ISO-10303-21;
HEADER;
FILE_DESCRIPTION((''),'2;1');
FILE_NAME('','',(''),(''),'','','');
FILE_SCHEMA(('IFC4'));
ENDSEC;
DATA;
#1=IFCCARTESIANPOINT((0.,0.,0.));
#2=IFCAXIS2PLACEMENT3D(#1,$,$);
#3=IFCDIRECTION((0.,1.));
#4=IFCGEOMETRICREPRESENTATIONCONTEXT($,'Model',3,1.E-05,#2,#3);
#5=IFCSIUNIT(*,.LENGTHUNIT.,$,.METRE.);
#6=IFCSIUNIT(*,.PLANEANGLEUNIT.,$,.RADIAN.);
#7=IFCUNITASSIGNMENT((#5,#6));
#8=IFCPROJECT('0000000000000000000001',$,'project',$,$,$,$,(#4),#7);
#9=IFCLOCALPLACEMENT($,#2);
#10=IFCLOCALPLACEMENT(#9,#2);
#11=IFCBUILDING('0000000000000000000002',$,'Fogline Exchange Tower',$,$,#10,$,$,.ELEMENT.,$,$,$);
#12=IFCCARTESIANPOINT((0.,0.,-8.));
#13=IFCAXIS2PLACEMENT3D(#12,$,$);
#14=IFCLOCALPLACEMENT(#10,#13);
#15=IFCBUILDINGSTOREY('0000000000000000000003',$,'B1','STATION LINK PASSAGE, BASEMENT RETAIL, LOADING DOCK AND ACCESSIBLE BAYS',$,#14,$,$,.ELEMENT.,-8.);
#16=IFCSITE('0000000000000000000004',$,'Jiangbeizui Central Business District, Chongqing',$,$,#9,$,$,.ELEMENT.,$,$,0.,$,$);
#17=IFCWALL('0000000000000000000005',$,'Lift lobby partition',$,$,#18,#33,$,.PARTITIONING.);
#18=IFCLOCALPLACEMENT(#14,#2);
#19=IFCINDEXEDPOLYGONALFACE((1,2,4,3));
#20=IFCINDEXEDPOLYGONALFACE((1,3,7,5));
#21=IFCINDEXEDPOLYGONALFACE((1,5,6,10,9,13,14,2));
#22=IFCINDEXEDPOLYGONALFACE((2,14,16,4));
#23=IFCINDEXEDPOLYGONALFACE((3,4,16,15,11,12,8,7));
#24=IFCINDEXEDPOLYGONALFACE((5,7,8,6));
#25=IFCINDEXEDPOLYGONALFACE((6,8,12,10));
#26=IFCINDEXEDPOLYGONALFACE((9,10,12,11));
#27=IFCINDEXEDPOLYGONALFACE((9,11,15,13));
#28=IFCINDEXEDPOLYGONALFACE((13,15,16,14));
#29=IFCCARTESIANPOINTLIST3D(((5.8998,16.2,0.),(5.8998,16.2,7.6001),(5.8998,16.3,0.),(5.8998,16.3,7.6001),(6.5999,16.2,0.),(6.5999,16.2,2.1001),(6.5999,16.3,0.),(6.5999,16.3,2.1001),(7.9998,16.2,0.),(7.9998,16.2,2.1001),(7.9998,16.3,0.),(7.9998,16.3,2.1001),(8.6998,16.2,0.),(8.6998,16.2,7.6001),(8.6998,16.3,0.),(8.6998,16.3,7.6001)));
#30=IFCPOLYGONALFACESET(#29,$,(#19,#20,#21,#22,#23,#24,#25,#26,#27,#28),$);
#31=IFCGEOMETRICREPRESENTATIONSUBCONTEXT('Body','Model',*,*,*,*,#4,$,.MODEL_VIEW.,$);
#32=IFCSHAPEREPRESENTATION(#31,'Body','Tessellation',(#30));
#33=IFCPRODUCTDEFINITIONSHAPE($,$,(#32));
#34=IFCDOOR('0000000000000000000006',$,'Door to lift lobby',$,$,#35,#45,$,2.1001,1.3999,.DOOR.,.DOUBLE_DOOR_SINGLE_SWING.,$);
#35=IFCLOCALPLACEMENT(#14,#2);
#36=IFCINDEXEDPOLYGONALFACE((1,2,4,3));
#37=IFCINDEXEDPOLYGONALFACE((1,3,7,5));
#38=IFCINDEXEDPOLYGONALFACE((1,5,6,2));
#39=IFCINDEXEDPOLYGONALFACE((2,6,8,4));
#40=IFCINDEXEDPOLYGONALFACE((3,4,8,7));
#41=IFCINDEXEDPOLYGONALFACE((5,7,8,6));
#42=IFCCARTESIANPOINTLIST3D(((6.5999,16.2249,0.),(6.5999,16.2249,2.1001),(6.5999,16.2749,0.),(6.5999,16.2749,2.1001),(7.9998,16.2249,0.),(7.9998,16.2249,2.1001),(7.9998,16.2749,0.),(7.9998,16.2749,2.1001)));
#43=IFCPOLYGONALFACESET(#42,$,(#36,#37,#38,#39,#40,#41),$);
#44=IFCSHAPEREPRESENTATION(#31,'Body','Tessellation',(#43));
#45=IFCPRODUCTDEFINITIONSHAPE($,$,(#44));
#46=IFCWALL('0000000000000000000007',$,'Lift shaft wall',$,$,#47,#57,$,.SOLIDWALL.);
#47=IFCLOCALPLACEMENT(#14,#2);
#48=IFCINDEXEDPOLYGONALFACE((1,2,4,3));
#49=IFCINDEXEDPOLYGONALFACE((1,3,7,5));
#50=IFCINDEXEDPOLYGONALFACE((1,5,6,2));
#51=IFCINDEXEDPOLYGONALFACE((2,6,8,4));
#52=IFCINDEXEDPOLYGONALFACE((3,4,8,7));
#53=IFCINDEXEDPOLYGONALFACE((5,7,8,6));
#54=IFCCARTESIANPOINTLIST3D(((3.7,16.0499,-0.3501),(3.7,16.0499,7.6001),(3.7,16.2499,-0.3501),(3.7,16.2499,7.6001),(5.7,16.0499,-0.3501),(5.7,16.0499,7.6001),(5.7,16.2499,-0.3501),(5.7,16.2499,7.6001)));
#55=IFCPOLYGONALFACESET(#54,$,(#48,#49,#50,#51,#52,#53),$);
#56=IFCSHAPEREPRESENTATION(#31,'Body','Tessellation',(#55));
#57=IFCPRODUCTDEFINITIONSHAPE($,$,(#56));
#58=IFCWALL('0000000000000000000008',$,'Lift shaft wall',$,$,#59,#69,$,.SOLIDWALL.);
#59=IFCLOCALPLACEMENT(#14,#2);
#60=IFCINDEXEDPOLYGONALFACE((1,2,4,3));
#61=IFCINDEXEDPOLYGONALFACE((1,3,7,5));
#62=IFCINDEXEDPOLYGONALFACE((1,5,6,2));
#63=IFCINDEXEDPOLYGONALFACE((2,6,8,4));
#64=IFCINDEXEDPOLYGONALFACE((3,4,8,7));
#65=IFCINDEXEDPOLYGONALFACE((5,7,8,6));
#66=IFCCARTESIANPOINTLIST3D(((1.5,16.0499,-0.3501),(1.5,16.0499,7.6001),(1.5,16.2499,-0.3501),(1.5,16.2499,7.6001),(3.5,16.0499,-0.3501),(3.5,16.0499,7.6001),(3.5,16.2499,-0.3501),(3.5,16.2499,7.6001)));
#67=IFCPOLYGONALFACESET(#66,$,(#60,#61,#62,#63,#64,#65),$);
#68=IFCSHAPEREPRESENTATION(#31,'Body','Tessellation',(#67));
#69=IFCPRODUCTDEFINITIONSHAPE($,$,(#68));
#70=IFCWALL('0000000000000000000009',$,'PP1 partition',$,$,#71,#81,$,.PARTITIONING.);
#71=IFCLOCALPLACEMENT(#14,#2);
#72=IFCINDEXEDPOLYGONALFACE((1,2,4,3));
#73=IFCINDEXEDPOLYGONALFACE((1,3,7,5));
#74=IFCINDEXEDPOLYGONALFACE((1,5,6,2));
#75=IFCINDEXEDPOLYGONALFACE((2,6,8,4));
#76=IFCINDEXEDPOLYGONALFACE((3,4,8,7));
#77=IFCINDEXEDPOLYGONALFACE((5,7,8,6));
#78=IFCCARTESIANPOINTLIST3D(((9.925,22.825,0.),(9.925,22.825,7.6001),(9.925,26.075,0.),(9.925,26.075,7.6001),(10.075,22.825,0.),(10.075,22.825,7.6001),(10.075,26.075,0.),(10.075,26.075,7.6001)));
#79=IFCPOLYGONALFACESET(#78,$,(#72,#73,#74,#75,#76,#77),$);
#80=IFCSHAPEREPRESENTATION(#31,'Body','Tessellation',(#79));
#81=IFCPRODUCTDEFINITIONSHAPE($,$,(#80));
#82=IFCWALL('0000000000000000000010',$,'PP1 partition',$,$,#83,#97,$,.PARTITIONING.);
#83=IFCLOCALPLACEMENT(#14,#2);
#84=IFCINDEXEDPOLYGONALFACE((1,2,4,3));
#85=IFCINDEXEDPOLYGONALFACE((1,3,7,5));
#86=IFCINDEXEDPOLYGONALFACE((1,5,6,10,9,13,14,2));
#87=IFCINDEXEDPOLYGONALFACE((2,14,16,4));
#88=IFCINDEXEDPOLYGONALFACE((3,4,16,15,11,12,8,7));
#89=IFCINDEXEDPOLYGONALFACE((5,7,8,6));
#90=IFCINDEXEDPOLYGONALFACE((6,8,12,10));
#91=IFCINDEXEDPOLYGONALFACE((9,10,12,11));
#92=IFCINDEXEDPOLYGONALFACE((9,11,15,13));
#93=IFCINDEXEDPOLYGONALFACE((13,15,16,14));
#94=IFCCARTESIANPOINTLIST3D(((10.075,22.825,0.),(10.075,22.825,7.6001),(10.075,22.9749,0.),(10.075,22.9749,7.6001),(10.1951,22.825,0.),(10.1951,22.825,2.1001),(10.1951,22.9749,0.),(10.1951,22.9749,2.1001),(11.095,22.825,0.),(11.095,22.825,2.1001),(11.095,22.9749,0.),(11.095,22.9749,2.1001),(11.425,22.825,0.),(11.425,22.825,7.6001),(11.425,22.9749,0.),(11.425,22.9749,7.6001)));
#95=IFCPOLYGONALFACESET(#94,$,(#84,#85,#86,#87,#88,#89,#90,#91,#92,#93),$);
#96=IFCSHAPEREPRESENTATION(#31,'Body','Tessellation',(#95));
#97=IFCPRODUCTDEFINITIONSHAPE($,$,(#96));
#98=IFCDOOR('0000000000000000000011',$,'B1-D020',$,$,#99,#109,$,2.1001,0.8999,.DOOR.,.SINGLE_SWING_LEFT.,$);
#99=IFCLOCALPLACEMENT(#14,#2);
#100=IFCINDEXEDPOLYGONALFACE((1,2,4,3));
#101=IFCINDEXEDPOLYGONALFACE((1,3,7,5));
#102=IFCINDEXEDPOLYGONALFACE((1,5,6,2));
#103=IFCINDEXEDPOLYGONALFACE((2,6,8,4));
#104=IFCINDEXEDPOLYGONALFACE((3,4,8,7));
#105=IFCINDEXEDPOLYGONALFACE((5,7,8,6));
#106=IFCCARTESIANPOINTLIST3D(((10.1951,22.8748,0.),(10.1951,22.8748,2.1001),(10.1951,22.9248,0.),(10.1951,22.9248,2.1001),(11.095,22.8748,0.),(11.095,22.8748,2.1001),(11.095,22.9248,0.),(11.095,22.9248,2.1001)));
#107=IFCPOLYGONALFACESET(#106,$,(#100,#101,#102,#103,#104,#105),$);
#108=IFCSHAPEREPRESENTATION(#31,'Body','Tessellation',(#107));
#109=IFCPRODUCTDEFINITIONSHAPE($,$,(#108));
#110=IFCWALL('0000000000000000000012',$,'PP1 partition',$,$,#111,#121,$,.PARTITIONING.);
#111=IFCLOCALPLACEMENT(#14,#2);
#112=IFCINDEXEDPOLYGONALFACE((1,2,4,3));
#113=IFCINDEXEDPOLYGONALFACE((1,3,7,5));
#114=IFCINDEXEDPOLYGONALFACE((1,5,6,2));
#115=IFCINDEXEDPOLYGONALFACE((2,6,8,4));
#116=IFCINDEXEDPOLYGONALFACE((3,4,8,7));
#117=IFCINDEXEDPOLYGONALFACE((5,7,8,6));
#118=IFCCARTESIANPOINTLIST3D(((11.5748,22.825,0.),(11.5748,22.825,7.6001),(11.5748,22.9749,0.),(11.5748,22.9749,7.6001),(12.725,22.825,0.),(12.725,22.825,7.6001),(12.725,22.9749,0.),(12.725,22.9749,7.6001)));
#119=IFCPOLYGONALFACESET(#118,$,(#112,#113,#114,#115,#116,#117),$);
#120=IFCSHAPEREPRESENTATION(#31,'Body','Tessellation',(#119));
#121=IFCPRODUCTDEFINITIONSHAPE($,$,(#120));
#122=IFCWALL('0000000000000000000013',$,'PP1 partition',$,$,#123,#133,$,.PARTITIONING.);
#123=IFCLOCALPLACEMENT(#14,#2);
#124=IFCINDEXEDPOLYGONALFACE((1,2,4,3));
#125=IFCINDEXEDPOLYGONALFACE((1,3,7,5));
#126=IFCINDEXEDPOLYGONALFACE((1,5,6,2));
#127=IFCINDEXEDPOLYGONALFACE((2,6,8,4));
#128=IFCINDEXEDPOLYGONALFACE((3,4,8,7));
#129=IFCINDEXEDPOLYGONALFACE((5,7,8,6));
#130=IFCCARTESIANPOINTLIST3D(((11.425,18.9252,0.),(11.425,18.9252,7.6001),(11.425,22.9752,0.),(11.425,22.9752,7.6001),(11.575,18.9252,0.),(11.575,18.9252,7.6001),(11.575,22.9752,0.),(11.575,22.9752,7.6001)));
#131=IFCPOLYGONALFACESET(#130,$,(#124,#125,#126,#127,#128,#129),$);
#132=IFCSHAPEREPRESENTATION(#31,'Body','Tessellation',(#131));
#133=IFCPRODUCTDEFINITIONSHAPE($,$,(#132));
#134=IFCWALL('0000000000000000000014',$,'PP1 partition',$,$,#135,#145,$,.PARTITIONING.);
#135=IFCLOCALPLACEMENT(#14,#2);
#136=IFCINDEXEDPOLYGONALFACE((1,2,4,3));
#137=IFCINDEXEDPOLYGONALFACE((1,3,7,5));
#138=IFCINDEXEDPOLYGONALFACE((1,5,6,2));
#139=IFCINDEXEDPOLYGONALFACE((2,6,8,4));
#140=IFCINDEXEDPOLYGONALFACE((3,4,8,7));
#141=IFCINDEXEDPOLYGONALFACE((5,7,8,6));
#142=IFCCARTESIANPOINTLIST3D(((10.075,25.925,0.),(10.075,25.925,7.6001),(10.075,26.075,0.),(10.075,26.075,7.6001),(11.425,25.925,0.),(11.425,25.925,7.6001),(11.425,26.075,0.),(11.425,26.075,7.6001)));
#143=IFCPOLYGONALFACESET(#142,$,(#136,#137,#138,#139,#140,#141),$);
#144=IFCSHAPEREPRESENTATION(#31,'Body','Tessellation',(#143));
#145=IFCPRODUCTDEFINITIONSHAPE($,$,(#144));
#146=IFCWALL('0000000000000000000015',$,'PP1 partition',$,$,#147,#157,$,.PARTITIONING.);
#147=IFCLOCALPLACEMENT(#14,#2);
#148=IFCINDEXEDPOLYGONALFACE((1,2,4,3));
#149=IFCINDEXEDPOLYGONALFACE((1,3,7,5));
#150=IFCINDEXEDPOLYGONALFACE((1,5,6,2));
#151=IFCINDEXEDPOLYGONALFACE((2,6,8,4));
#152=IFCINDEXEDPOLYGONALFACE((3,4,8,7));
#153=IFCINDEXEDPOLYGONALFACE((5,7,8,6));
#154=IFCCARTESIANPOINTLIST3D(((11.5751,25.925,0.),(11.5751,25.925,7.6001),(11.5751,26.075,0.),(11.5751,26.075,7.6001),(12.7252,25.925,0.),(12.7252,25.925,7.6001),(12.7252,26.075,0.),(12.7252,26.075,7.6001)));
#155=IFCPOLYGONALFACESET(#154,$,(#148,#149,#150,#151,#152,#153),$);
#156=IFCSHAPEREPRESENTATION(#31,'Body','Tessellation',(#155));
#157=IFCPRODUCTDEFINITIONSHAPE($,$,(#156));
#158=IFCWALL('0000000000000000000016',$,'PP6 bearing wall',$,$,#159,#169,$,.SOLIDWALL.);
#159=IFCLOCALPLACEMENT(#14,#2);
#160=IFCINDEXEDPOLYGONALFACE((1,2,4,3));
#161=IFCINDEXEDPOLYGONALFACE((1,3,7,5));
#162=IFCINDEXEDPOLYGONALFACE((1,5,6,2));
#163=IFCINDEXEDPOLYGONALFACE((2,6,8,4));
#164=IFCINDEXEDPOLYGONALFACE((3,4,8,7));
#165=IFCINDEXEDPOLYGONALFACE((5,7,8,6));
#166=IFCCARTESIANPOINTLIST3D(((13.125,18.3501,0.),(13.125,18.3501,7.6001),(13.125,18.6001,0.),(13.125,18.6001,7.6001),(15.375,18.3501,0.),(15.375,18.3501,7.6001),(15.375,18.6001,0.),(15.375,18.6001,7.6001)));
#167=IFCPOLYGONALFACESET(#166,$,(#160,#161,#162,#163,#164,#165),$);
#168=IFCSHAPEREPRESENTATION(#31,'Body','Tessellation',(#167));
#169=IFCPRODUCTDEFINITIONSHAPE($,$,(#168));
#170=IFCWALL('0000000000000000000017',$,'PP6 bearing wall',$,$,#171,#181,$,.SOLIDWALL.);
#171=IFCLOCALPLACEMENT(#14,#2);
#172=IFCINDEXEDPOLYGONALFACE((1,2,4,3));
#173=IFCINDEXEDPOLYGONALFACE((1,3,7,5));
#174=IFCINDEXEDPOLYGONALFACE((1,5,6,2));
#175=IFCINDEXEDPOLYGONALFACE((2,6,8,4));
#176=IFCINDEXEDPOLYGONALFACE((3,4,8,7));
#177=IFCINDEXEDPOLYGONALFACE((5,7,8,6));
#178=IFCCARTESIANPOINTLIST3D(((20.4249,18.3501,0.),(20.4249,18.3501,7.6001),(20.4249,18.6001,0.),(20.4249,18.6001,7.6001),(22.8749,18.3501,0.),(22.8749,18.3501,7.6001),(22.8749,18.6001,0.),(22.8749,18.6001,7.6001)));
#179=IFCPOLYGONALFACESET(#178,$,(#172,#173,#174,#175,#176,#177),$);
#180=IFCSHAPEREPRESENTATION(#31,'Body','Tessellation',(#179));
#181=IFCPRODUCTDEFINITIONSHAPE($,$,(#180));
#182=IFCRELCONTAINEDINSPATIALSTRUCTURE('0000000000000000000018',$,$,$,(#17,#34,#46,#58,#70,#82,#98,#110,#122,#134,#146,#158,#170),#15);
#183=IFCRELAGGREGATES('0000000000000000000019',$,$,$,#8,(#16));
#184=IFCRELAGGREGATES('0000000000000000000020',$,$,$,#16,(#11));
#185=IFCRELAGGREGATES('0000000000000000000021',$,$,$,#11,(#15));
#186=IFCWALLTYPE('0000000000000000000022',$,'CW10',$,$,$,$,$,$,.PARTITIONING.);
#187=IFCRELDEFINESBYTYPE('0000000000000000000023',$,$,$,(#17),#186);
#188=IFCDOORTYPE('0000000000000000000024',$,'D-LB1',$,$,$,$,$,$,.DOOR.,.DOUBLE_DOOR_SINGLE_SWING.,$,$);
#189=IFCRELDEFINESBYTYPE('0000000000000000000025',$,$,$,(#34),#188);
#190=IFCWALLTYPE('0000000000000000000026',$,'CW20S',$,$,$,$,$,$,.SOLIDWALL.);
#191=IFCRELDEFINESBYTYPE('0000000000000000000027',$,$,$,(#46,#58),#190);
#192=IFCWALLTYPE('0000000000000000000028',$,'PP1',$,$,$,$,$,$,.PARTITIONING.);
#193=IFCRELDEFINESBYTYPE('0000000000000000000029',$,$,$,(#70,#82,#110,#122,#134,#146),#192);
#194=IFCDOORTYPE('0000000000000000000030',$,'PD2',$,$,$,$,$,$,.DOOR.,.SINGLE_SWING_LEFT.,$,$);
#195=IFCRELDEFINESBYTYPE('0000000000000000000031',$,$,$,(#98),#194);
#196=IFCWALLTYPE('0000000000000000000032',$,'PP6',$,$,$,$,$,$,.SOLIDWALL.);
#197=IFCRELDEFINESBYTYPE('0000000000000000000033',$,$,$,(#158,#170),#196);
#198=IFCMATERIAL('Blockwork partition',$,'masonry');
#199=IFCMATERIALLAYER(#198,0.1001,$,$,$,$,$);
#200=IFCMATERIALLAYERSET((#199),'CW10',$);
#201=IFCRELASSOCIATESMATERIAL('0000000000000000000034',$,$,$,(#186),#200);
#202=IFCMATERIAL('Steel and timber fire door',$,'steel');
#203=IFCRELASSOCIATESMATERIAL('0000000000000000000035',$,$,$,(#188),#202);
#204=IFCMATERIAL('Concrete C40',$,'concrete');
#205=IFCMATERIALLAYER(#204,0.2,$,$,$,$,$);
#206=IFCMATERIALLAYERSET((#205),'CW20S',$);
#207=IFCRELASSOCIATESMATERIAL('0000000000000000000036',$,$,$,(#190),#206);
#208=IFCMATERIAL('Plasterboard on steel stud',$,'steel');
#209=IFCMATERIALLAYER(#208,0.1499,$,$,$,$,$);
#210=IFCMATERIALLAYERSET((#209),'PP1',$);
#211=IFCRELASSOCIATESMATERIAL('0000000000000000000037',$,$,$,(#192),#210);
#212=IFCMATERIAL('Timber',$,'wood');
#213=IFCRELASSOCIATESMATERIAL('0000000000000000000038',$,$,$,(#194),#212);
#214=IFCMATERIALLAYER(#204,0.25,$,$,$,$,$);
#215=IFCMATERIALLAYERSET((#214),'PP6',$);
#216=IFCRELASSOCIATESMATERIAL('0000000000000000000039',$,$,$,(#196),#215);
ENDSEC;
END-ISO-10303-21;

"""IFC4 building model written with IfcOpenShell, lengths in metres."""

from ifc_helpers import new_model, si_unit, direction, frame, frame_2d, origin, place, context, subcontext, project, spatial, rectangle, extrude, material, layer, layer_set, type_object, element, fill, save


model = new_model("IFC4")

# Units and contexts
model_context = context("Model", 3, precision=1e-05, world=origin(), true_north=direction((0.0, 1.0)))
body_context = subcontext(model_context, "Body", "Model", "MODEL_VIEW")
ifc_project = project(units=[si_unit("LENGTHUNIT", "METRE"), si_unit("PLANEANGLEUNIT", "RADIAN")], contexts=[model_context])

# Site, building, storey
site_placement = place(None, origin())
site = spatial("IfcSite", under=ifc_project, at=site_placement, Name="Jiangbeizui Central Business District, Chongqing", CompositionType="ELEMENT", RefElevation=0.0)
building_placement = place(site_placement, origin())
building = spatial("IfcBuilding", under=site, at=building_placement, Name="Fogline Exchange Tower", CompositionType="ELEMENT")
storey_placement = place(building_placement, frame((0.0, 0.0, -8.0)))
storey = spatial("IfcBuildingStorey", under=building, at=storey_placement, Name="B1", Description="STATION LINK PASSAGE, BASEMENT RETAIL, LOADING DOCK AND ACCESSIBLE BAYS", CompositionType="ELEMENT", Elevation=-8.0)

# Wall, opening, door
ifc_material_1 = material(Name="Blockwork partition", Category="masonry")
ifc_layer_1 = layer(ifc_material_1, 0.1001)
ifc_layer_set_1 = layer_set([ifc_layer_1], Name="CW10")
wall_type_1 = type_object("IfcWallType", Name="CW10", PredefinedType="PARTITIONING", material=ifc_layer_set_1)
wall_1_placement = place(storey_placement, frame((5.8999, 16.25, 0.0), z_axis=(0.0, 0.0, 1.0), x_axis=(1.0, 0.0, 0.0)))
wall_1 = element("IfcWall", 1, at=wall_1_placement, inside=storey, type_object=wall_type_1, Name="Lift lobby partition", PredefinedType="PARTITIONING", context=body_context, shape_type="SweptSolid", body=[
    extrude(rectangle(XDim=2.8, YDim=0.1001, at=frame_2d((1.3999, 0.0))), origin(), (0.0, 0.0, 1.0), 7.6001),
])
opening_1_placement = place(wall_1_placement, frame((0.7, 0.0, 0.0)))
opening_1 = element("IfcOpeningElement", 2, at=opening_1_placement, cuts=wall_1, PredefinedType="OPENING", context=body_context, shape_type="SweptSolid", body=[
    extrude(rectangle(XDim=1.3999, YDim=2.1001, at=frame_2d((0.7, 1.05))), frame((0.0, 0.0601, 0.0), z_axis=(0.0, -1.0, 0.0), x_axis=(1.0, 0.0, 0.0)), (0.0, 0.0, 1.0), 0.1201),
])
ifc_material_2 = material(Name="Steel and timber fire door", Category="steel")
door_type_1 = type_object("IfcDoorType", Name="D-LB1", OperationType="DOUBLE_DOOR_SINGLE_SWING", PredefinedType="DOOR", material=ifc_material_2)
door_1_placement = place(opening_1_placement, origin())
door_1 = element("IfcDoor", 3, at=door_1_placement, inside=storey, type_object=door_type_1, Name="Door to lift lobby", OperationType="DOUBLE_DOOR_SINGLE_SWING", OverallHeight=2.1001, OverallWidth=1.3999, PredefinedType="DOOR", context=body_context, shape_type="SweptSolid", body=[
    extrude(rectangle(XDim=1.3999, YDim=2.1001, at=frame_2d((0.7, 1.05))), frame((0.0, 0.0249, 0.0), z_axis=(0.0, -1.0, 0.0), x_axis=(1.0, 0.0, 0.0)), (0.0, 0.0, 1.0), 0.05),
])
fill(opening_1, door_1)

# Walls
ifc_material_3 = material(Name="Concrete C40", Category="concrete")
ifc_layer_2 = layer(ifc_material_3, 0.2)
ifc_layer_set_2 = layer_set([ifc_layer_2], Name="CW20S")
wall_type_2 = type_object("IfcWallType", Name="CW20S", PredefinedType="SOLIDWALL", material=ifc_layer_set_2)
for number, where, z_axis, x_axis, name in (
    (4, (3.7, 16.1499, -0.3501), (0.0, 0.0, 1.0), (1.0, 0.0, 0.0), "Lift shaft wall"),
    (5, (1.5, 16.1499, -0.3501), (0.0, 0.0, 1.0), (1.0, 0.0, 0.0), "Lift shaft wall"),
):
    element("IfcWall", number, at=place(storey_placement, frame(where, z_axis=z_axis, x_axis=x_axis)), inside=storey, type_object=wall_type_2, Name=name, PredefinedType="SOLIDWALL", context=body_context, shape_type="SweptSolid", body=[
        extrude(rectangle(XDim=2.0, YDim=0.2, at=frame_2d((1.0, 0.0))), origin(), (0.0, 0.0, 1.0), 7.9502),
    ])
ifc_material_4 = material(Name="Plasterboard on steel stud", Category="steel")
ifc_layer_3 = layer(ifc_material_4, 0.1499)
ifc_layer_set_3 = layer_set([ifc_layer_3], Name="PP1")
wall_type_3 = type_object("IfcWallType", Name="PP1", PredefinedType="PARTITIONING", material=ifc_layer_set_3)
wall_2_placement = place(storey_placement, frame((10.0, 22.825, 0.0), z_axis=(0.0, 0.0, 1.0), x_axis=(0.0, 1.0, 0.0)))
element("IfcWall", 6, at=wall_2_placement, inside=storey, type_object=wall_type_3, Name="PP1 partition", PredefinedType="PARTITIONING", context=body_context, shape_type="SweptSolid", body=[
    extrude(rectangle(XDim=3.25, YDim=0.1499, at=frame_2d((1.625, 0.0))), origin(), (0.0, 0.0, 1.0), 7.6001),
])

# Wall, opening, door
wall_3_placement = place(storey_placement, frame((11.425, 22.8999, 0.0), z_axis=(0.0, 0.0, 1.0), x_axis=(-1.0, 0.0, 0.0)))
wall_3 = element("IfcWall", 7, at=wall_3_placement, inside=storey, type_object=wall_type_3, Name="PP1 partition", PredefinedType="PARTITIONING", context=body_context, shape_type="SweptSolid", body=[
    extrude(rectangle(XDim=1.3501, YDim=0.1499, at=frame_2d((0.675, 0.0))), origin(), (0.0, 0.0, 1.0), 7.6001),
])
opening_2_placement = place(wall_3_placement, frame((0.3301, 0.0, 0.0)))
opening_2 = element("IfcOpeningElement", 8, at=opening_2_placement, cuts=wall_3, PredefinedType="OPENING", context=body_context, shape_type="SweptSolid", body=[
    extrude(rectangle(XDim=0.8999, YDim=2.1001, at=frame_2d((0.45, 1.05))), frame((0.0, 0.085, 0.0), z_axis=(0.0, -1.0, 0.0), x_axis=(1.0, 0.0, 0.0)), (0.0, 0.0, 1.0), 0.1699),
])
ifc_material_5 = material(Name="Timber", Category="wood")
door_type_2 = type_object("IfcDoorType", Name="PD2", OperationType="SINGLE_SWING_LEFT", PredefinedType="DOOR", material=ifc_material_5)
door_2_placement = place(opening_2_placement, frame((0.8999, 0.0, 0.0), z_axis=(0.0, 0.0, 1.0), x_axis=(-1.0, 0.0, 0.0)))
door_2 = element("IfcDoor", 9, at=door_2_placement, inside=storey, type_object=door_type_2, Name="B1-D020", OperationType="SINGLE_SWING_LEFT", OverallHeight=2.1001, OverallWidth=0.8999, PredefinedType="DOOR", context=body_context, shape_type="SweptSolid", body=[
    extrude(rectangle(XDim=0.8999, YDim=2.1001, at=frame_2d((0.45, 1.05))), frame((0.0, 0.0249, 0.0), z_axis=(0.0, -1.0, 0.0), x_axis=(1.0, 0.0, 0.0)), (0.0, 0.0, 1.0), 0.05),
])
fill(opening_2, door_2)

# Walls
wall_4_placement = place(storey_placement, frame((12.7251, 22.8999, 0.0), z_axis=(0.0, 0.0, 1.0), x_axis=(-1.0, 0.0, 0.0)))
element("IfcWall", 10, at=wall_4_placement, inside=storey, type_object=wall_type_3, Name="PP1 partition", PredefinedType="PARTITIONING", context=body_context, shape_type="SweptSolid", body=[
    extrude(rectangle(XDim=1.1501, YDim=0.1499, at=frame_2d((0.5752, 0.0))), origin(), (0.0, 0.0, 1.0), 7.6001),
])
wall_5_placement = place(storey_placement, frame((11.5, 22.9751, 0.0), z_axis=(0.0, 0.0, 1.0), x_axis=(0.0, -1.0, 0.0)))
element("IfcWall", 11, at=wall_5_placement, inside=storey, type_object=wall_type_3, Name="PP1 partition", PredefinedType="PARTITIONING", context=body_context, shape_type="SweptSolid", body=[
    extrude(rectangle(XDim=4.05, YDim=0.1499, at=frame_2d((2.0249, 0.0))), origin(), (0.0, 0.0, 1.0), 7.6001),
])
wall_6_placement = place(storey_placement, frame((10.075, 26.0, 0.0), z_axis=(0.0, 0.0, 1.0), x_axis=(1.0, 0.0, 0.0)))
element("IfcWall", 12, at=wall_6_placement, inside=storey, type_object=wall_type_3, Name="PP1 partition", PredefinedType="PARTITIONING", context=body_context, shape_type="SweptSolid", body=[
    extrude(rectangle(XDim=1.3501, YDim=0.1499, at=frame_2d((0.675, 0.0))), origin(), (0.0, 0.0, 1.0), 7.6001),
])
wall_7_placement = place(storey_placement, frame((11.575, 26.0, 0.0), z_axis=(0.0, 0.0, 1.0), x_axis=(1.0, 0.0, 0.0)))
element("IfcWall", 13, at=wall_7_placement, inside=storey, type_object=wall_type_3, Name="PP1 partition", PredefinedType="PARTITIONING", context=body_context, shape_type="SweptSolid", body=[
    extrude(rectangle(XDim=1.1501, YDim=0.1499, at=frame_2d((0.5752, 0.0))), origin(), (0.0, 0.0, 1.0), 7.6001),
])
ifc_layer_4 = layer(ifc_material_3, 0.25)
ifc_layer_set_4 = layer_set([ifc_layer_4], Name="PP6")
wall_type_4 = type_object("IfcWallType", Name="PP6", PredefinedType="SOLIDWALL", material=ifc_layer_set_4)
wall_8_placement = place(storey_placement, frame((13.125, 18.4751, 0.0), z_axis=(0.0, 0.0, 1.0), x_axis=(1.0, 0.0, 0.0)))
element("IfcWall", 14, at=wall_8_placement, inside=storey, type_object=wall_type_4, Name="PP6 bearing wall", PredefinedType="SOLIDWALL", context=body_context, shape_type="SweptSolid", body=[
    extrude(rectangle(XDim=2.25, YDim=0.25, at=frame_2d((1.125, 0.0))), origin(), (0.0, 0.0, 1.0), 7.6001),
])
wall_9_placement = place(storey_placement, frame((22.875, 18.4751, 0.0), z_axis=(0.0, 0.0, 1.0), x_axis=(-1.0, 0.0, 0.0)))
element("IfcWall", 15, at=wall_9_placement, inside=storey, type_object=wall_type_4, Name="PP6 bearing wall", PredefinedType="SOLIDWALL", context=body_context, shape_type="SweptSolid", body=[
    extrude(rectangle(XDim=2.45, YDim=0.25, at=frame_2d((1.2251, 0.0))), origin(), (0.0, 0.0, 1.0), 7.6001),
])

save(model, "model.ifc")
